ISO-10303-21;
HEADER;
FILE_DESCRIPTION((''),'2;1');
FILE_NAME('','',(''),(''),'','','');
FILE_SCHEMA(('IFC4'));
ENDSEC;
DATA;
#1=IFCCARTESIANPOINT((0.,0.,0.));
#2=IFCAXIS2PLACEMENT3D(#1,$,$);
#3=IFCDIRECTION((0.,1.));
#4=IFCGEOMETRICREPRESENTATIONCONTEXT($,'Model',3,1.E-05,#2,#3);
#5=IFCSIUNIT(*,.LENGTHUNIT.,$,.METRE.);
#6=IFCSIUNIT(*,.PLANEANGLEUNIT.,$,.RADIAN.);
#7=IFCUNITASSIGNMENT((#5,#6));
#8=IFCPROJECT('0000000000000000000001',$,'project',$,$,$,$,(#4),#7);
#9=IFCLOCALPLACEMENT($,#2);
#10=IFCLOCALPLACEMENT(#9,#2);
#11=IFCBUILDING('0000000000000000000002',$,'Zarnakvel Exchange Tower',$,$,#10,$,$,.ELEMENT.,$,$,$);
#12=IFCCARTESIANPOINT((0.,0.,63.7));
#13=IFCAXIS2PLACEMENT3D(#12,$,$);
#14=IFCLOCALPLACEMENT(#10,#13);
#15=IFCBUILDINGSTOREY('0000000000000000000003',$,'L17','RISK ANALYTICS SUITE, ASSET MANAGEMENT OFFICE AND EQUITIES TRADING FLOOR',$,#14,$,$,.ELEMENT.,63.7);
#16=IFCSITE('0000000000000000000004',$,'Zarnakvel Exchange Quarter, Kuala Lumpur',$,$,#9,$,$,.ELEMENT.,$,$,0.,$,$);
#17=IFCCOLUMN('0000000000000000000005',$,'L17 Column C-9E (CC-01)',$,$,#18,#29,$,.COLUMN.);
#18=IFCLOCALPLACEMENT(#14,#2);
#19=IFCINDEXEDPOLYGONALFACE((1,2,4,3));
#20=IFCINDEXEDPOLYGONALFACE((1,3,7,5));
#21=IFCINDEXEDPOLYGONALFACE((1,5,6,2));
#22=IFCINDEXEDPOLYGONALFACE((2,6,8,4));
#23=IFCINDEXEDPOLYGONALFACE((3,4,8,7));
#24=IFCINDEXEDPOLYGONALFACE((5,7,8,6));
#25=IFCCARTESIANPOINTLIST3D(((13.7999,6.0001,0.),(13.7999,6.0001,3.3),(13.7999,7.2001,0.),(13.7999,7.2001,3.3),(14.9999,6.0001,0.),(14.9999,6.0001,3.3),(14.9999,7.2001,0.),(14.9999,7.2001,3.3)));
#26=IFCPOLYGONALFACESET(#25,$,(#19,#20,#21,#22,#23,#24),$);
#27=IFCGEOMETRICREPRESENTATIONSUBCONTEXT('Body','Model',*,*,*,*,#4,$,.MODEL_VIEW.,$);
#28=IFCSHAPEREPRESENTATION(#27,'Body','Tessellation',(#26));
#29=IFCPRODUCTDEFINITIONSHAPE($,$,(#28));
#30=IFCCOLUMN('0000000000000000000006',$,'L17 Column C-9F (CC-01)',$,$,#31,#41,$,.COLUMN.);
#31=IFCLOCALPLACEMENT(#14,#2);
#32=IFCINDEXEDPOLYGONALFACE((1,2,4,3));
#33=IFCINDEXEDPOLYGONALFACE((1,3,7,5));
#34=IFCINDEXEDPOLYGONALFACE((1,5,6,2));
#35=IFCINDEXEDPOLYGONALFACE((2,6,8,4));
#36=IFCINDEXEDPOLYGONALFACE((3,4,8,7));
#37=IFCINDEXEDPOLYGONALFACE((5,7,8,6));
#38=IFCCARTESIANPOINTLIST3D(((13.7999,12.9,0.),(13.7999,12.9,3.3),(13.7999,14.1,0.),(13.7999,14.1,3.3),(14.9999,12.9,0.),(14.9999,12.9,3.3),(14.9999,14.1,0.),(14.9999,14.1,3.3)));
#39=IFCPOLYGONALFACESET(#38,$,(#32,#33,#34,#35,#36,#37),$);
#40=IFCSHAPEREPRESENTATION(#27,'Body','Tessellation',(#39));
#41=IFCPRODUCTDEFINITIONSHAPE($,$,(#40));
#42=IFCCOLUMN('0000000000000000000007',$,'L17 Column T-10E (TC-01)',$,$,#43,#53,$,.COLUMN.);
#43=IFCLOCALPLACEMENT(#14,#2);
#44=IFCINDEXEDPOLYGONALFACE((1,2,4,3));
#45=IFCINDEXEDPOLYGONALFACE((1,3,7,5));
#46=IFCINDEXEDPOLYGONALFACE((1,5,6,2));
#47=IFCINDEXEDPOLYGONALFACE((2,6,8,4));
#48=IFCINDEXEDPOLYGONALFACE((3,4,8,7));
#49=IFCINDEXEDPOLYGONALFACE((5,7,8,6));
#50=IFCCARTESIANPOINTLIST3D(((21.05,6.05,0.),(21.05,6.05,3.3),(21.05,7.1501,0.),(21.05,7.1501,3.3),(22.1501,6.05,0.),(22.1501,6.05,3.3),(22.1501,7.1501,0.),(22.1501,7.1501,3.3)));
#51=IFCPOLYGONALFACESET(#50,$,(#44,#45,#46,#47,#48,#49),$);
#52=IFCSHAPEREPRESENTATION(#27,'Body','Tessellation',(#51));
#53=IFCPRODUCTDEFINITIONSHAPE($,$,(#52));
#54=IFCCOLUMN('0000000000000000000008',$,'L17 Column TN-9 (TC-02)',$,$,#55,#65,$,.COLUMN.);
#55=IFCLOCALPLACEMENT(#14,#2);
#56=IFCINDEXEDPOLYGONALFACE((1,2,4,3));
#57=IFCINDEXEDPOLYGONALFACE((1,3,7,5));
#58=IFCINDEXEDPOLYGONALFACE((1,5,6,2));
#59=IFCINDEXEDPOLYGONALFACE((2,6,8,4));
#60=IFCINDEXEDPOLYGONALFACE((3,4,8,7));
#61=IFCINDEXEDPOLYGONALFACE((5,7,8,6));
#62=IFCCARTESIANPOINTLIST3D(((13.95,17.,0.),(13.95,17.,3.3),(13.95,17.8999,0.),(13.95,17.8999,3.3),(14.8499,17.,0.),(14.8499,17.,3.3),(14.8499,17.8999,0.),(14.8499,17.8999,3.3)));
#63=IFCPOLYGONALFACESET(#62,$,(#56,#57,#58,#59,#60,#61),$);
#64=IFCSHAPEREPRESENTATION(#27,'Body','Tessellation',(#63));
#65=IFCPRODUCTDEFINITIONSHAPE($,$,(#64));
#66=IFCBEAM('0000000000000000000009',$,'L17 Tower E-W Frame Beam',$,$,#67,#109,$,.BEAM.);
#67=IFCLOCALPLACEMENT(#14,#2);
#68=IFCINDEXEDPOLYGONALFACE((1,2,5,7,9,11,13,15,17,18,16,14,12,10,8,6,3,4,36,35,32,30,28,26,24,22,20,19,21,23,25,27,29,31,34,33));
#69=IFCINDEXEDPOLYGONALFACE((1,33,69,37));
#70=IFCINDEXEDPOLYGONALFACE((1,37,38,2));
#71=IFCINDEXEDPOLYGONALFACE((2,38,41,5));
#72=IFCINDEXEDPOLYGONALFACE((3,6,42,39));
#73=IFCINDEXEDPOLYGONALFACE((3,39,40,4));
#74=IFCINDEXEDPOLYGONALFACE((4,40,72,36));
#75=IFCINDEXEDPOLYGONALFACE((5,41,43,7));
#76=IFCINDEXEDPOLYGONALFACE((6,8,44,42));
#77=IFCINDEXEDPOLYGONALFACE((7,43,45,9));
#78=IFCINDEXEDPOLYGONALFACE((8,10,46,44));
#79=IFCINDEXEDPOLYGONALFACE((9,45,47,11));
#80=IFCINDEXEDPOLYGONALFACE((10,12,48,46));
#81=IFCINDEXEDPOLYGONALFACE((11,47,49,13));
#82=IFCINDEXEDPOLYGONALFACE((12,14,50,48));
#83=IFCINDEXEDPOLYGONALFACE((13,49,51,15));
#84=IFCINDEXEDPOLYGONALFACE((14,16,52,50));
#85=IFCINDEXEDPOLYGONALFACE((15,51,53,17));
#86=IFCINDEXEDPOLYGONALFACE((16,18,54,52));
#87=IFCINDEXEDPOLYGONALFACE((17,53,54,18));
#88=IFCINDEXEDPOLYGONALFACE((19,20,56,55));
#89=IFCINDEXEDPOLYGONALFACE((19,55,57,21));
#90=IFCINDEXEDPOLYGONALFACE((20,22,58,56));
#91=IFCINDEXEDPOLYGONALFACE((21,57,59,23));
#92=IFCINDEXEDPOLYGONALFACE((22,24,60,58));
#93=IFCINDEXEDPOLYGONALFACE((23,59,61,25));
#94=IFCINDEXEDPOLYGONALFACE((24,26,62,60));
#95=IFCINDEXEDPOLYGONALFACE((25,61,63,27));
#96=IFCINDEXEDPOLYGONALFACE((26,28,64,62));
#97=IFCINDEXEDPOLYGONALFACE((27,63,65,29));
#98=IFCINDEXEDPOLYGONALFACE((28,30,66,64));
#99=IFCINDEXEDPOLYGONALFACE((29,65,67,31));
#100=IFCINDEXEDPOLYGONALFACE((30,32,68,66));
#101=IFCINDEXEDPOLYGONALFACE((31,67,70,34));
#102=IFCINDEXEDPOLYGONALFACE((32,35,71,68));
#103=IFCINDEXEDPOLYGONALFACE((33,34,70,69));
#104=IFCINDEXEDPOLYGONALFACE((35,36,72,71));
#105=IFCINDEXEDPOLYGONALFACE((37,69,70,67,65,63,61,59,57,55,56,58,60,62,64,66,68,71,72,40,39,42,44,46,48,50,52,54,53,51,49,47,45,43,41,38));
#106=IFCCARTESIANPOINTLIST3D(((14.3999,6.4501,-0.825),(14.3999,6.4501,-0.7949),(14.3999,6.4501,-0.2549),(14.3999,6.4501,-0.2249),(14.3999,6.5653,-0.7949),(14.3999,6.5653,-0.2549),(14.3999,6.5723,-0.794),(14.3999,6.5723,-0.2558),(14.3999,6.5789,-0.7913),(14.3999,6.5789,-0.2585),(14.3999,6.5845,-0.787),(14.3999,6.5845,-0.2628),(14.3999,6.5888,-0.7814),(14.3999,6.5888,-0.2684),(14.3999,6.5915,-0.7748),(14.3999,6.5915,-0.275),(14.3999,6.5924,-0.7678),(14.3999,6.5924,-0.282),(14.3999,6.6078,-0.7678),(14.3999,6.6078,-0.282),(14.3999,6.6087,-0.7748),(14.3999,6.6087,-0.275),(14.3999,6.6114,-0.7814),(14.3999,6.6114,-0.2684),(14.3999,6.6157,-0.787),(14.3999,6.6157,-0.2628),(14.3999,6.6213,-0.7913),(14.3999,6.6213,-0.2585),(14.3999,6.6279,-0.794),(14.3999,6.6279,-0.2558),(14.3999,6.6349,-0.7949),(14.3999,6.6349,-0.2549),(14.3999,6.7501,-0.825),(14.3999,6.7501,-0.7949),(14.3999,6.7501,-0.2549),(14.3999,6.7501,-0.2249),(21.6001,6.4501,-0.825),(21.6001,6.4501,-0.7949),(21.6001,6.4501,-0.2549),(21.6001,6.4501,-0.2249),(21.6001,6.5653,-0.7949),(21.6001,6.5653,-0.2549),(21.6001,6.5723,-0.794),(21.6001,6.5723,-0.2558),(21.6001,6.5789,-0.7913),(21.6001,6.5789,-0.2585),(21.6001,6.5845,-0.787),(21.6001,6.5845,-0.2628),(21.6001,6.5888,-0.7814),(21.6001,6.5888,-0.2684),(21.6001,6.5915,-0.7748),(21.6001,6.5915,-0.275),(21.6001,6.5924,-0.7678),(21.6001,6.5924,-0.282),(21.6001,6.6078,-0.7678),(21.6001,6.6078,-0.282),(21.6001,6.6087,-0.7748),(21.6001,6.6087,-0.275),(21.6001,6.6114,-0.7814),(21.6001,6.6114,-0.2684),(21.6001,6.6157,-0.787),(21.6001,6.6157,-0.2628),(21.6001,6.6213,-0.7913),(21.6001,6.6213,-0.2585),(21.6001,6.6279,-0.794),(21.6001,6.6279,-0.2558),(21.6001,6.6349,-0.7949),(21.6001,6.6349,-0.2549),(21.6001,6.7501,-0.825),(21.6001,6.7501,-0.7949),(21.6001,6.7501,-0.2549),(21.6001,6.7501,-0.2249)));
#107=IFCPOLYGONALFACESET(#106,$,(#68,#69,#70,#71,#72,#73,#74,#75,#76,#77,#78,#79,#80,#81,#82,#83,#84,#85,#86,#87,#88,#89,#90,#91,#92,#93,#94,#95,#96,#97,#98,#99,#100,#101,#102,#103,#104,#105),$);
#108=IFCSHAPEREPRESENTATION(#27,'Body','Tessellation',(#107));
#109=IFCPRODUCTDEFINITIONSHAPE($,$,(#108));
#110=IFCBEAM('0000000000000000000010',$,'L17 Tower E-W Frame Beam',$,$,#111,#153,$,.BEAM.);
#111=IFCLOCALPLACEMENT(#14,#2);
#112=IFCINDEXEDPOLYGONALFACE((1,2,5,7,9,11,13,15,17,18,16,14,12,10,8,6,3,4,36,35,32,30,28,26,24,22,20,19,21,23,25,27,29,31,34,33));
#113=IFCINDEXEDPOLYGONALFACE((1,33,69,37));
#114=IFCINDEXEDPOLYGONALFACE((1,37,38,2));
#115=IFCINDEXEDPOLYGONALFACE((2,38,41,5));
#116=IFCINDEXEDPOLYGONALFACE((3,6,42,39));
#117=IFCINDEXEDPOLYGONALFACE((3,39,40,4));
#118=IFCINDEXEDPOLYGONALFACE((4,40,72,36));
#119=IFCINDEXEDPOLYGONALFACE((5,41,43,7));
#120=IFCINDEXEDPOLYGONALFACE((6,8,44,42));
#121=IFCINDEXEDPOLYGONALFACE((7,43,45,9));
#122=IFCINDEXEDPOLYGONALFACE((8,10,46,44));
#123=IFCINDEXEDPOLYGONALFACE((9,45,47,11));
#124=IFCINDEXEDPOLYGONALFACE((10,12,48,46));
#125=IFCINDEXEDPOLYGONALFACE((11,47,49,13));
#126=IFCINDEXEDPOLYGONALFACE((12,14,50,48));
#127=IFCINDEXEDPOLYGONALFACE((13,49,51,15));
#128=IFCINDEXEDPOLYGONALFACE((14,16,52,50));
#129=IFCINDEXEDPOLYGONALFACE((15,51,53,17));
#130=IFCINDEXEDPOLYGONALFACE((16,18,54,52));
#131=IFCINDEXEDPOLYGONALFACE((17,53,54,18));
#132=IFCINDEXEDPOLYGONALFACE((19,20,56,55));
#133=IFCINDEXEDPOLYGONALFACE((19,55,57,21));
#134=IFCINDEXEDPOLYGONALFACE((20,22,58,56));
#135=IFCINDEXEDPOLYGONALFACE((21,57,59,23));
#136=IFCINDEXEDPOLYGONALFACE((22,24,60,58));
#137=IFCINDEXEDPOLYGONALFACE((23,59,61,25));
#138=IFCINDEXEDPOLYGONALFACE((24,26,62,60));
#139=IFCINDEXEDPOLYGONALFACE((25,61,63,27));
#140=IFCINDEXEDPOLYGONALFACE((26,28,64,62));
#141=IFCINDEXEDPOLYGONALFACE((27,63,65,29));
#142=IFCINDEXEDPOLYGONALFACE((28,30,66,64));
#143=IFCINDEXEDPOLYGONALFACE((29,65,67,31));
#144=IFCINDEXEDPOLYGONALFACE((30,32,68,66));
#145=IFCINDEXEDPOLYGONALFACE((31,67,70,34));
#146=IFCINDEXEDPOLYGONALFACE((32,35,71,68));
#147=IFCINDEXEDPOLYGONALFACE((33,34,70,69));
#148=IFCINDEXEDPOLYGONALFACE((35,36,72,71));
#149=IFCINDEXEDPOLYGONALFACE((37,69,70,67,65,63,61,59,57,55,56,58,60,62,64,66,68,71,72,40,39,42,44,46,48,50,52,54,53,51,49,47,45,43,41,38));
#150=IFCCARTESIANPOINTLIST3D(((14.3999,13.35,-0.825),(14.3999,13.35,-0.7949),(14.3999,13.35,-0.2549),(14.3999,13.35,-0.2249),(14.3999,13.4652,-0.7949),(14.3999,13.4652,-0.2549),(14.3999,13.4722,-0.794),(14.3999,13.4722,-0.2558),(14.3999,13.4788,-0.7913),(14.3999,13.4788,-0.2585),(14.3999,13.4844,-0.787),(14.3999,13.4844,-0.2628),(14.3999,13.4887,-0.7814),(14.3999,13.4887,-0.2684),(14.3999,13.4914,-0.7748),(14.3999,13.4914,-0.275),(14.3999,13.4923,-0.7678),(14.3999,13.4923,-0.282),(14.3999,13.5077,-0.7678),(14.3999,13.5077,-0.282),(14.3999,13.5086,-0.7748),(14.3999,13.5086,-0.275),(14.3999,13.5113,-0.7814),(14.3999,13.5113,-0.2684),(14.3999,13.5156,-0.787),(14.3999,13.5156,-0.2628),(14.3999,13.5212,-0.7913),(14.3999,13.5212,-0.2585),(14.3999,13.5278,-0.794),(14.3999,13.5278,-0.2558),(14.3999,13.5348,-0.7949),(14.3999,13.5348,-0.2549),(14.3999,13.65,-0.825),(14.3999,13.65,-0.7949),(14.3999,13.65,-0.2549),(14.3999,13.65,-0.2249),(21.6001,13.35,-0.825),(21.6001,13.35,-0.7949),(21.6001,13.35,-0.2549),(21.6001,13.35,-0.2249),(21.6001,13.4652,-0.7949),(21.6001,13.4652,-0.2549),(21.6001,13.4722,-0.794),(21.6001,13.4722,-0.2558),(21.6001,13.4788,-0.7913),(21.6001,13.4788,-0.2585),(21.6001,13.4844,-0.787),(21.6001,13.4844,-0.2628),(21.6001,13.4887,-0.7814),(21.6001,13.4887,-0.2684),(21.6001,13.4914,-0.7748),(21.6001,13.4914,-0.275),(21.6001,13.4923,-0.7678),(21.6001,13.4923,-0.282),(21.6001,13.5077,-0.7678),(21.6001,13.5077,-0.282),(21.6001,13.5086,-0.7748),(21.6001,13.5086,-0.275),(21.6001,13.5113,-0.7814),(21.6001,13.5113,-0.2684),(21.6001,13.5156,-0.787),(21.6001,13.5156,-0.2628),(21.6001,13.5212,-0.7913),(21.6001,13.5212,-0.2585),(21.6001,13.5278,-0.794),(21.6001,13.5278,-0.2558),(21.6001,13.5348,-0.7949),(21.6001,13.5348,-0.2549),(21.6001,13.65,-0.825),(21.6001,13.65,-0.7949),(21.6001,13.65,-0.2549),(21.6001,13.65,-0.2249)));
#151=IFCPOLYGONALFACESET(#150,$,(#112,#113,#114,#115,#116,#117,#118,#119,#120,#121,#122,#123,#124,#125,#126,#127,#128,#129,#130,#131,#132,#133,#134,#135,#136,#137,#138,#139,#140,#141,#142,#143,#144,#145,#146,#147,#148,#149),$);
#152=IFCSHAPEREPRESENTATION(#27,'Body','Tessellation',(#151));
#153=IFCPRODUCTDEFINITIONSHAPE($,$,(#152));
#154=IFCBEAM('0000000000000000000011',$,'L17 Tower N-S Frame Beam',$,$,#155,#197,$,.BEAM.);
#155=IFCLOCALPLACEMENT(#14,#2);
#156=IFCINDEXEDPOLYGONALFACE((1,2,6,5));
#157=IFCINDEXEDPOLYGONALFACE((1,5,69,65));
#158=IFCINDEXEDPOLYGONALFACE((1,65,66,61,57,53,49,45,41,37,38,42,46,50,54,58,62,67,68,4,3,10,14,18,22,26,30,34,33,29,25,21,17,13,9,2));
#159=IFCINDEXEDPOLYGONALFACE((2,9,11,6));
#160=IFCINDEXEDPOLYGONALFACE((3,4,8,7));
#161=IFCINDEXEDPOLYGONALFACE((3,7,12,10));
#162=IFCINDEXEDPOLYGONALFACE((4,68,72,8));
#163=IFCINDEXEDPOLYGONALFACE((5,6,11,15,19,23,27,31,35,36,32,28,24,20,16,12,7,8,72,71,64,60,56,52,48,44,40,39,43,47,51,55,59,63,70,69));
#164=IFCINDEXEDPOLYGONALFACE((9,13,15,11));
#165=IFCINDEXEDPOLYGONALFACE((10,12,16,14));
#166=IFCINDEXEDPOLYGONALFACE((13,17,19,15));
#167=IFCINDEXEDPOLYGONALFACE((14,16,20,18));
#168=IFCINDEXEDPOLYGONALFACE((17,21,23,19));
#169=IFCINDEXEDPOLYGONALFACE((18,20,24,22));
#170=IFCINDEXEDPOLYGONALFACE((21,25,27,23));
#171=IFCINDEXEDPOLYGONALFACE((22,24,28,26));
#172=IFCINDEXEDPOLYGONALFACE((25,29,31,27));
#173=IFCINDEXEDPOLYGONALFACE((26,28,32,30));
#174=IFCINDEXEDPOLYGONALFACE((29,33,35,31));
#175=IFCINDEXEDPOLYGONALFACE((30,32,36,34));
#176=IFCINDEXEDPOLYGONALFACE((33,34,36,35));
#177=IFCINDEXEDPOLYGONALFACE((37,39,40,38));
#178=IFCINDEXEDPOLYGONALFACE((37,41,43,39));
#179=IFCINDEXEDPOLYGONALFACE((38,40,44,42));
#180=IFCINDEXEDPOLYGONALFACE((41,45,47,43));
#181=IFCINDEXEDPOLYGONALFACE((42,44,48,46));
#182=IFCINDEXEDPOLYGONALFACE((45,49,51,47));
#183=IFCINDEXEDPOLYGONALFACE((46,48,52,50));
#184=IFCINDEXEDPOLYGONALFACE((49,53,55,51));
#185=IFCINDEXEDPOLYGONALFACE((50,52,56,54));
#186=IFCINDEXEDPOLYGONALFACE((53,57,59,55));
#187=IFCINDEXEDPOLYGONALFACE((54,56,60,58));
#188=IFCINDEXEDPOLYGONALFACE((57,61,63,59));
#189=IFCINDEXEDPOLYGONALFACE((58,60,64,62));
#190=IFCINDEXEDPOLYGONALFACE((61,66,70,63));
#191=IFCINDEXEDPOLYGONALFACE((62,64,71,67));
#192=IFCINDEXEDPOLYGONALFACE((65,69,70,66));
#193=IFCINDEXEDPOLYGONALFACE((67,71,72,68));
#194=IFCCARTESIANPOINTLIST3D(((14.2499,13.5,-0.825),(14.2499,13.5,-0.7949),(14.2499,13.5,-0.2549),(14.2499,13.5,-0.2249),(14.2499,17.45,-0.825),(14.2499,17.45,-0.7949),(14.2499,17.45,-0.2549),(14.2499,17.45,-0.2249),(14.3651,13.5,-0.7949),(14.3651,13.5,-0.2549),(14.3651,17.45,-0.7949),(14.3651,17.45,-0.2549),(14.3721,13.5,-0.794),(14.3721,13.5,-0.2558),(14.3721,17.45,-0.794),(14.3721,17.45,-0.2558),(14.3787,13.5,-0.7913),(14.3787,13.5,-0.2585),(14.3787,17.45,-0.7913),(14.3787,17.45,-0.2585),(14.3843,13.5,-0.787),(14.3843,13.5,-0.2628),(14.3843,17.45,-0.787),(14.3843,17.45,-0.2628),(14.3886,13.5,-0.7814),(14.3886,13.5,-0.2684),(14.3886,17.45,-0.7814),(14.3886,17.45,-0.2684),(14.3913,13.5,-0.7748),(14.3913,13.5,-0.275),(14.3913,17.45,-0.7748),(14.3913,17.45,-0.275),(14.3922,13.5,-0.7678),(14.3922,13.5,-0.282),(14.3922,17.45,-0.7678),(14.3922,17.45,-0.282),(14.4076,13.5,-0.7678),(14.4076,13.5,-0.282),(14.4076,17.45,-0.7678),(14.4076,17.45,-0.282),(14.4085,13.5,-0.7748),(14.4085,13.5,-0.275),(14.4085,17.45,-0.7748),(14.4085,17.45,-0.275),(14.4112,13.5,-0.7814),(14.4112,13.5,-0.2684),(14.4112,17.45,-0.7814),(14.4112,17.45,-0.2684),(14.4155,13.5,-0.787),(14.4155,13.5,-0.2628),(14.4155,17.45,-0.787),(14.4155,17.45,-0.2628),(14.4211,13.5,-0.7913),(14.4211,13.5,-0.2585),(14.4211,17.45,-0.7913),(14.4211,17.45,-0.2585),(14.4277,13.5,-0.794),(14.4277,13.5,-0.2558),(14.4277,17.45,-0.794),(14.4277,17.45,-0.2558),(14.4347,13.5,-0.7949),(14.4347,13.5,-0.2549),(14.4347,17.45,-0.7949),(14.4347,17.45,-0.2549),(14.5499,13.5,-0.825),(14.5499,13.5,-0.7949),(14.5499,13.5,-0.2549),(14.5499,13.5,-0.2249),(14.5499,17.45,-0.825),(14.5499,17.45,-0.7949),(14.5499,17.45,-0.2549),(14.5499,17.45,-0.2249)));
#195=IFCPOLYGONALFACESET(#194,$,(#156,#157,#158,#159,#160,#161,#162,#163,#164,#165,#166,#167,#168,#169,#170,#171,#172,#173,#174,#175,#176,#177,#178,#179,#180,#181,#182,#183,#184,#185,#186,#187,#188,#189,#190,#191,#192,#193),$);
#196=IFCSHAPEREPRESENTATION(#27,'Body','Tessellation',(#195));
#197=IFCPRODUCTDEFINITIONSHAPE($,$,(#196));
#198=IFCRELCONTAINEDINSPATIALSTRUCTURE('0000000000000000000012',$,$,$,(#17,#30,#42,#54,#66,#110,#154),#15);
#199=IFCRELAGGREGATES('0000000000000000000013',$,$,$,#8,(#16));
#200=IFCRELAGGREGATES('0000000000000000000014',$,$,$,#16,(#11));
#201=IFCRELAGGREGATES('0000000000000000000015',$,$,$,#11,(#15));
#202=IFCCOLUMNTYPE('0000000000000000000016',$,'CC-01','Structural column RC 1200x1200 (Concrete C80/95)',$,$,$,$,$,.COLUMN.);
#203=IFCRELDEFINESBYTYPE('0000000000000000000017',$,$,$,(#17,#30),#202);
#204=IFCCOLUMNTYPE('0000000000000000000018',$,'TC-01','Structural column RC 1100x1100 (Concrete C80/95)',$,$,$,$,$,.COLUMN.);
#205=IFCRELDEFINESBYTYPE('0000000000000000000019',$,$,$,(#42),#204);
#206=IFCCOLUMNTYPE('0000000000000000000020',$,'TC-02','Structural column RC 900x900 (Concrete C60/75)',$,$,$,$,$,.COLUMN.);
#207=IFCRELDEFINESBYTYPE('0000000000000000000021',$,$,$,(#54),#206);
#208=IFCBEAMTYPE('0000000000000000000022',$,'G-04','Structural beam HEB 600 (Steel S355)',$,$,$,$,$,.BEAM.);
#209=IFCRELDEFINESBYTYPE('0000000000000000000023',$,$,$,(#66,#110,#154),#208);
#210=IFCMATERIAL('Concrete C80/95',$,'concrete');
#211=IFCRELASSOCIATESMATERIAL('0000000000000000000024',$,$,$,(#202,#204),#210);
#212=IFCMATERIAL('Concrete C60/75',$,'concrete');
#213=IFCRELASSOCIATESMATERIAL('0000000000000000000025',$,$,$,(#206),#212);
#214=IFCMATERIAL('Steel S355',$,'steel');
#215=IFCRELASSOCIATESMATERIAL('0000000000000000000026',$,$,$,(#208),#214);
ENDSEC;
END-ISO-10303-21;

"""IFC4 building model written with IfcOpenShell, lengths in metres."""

from ifc_helpers import new_model, si_unit, direction, frame, origin, origin_2d, place, context, subcontext, project, spatial, rectangle, i_section, extrude, material, material_profile, profile_set, type_object, element, save


model = new_model("IFC4")

# Units and contexts
model_context = context("Model", 3, precision=1e-05, world=origin(), true_north=direction((0.0, 1.0)))
body_context = subcontext(model_context, "Body", "Model", "MODEL_VIEW")
ifc_project = project(units=[si_unit("LENGTHUNIT", "METRE"), si_unit("PLANEANGLEUNIT", "RADIAN")], contexts=[model_context])

# Site, building, storey
site_placement = place(None, origin())
site = spatial("IfcSite", under=ifc_project, at=site_placement, Name="Zarnakvel Exchange Quarter, Kuala Lumpur", CompositionType="ELEMENT", RefElevation=0.0)
building_placement = place(site_placement, origin())
building = spatial("IfcBuilding", under=site, at=building_placement, Name="Zarnakvel Exchange Tower", CompositionType="ELEMENT")
storey_placement = place(building_placement, frame((0.0, 0.0, 63.7)))
storey = spatial("IfcBuildingStorey", under=building, at=storey_placement, Name="L17", Description="RISK ANALYTICS SUITE, ASSET MANAGEMENT OFFICE AND EQUITIES TRADING FLOOR", CompositionType="ELEMENT", Elevation=63.7)

# Columns
ifc_material_1 = material(Name="Concrete C80/95", Category="concrete")
ifc_material_profile_1 = material_profile(ifc_material_1, rectangle(XDim=1.2, YDim=1.2, at=origin_2d()))
ifc_profile_set_1 = profile_set([ifc_material_profile_1], Name="Concrete C80/95")
column_type_1 = type_object("IfcColumnType", Name="CC-01", Description="Structural column RC 1200x1200 (Concrete C80/95)", PredefinedType="COLUMN", material=ifc_profile_set_1)
for number, where, z_axis, x_axis, name in (
    (1, (14.3999, 6.6001, 0.0), (0.0, 0.0, 1.0), (1.0, 0.0, 0.0), "L17 Column C-9E (CC-01)"),
    (2, (14.3999, 13.5, 0.0), (0.0, 0.0, 1.0), (1.0, 0.0, 0.0), "L17 Column C-9F (CC-01)"),
):
    element("IfcColumn", number, at=place(storey_placement, frame(where, z_axis=z_axis, x_axis=x_axis)), inside=storey, type_object=column_type_1, Name=name, PredefinedType="COLUMN", context=body_context, shape_type="SweptSolid", body=[
        extrude(rectangle(XDim=1.2, YDim=1.2, at=origin_2d()), origin(), (0.0, 0.0, 1.0), 3.3),
    ])
ifc_material_profile_2 = material_profile(ifc_material_1, rectangle(XDim=1.1001, YDim=1.1001, at=origin_2d()))
ifc_profile_set_2 = profile_set([ifc_material_profile_2], Name="Concrete C80/95")
column_type_2 = type_object("IfcColumnType", Name="TC-01", Description="Structural column RC 1100x1100 (Concrete C80/95)", PredefinedType="COLUMN", material=ifc_profile_set_2)
column_1_placement = place(storey_placement, frame((21.6001, 6.6001, 0.0), z_axis=(0.0, 0.0, 1.0), x_axis=(1.0, 0.0, 0.0)))
element("IfcColumn", 3, at=column_1_placement, inside=storey, type_object=column_type_2, Name="L17 Column T-10E (TC-01)", PredefinedType="COLUMN", context=body_context, shape_type="SweptSolid", body=[
    extrude(rectangle(XDim=1.1001, YDim=1.1001, at=origin_2d()), origin(), (0.0, 0.0, 1.0), 3.3),
])
ifc_material_2 = material(Name="Concrete C60/75", Category="concrete")
ifc_material_profile_3 = material_profile(ifc_material_2, rectangle(XDim=0.8999, YDim=0.8999, at=origin_2d()))
ifc_profile_set_3 = profile_set([ifc_material_profile_3], Name="Concrete C60/75")
column_type_3 = type_object("IfcColumnType", Name="TC-02", Description="Structural column RC 900x900 (Concrete C60/75)", PredefinedType="COLUMN", material=ifc_profile_set_3)
column_2_placement = place(storey_placement, frame((14.3999, 17.45, 0.0), z_axis=(0.0, 0.0, 1.0), x_axis=(1.0, 0.0, 0.0)))
element("IfcColumn", 4, at=column_2_placement, inside=storey, type_object=column_type_3, Name="L17 Column TN-9 (TC-02)", PredefinedType="COLUMN", context=body_context, shape_type="SweptSolid", body=[
    extrude(rectangle(XDim=0.8999, YDim=0.8999, at=origin_2d()), origin(), (0.0, 0.0, 1.0), 3.3),
])

# Beams
ifc_material_3 = material(Name="Steel S355", Category="steel")
ifc_material_profile_4 = material_profile(ifc_material_3, i_section(OverallWidth=0.3, OverallDepth=0.6001, WebThickness=0.0154, FlangeThickness=0.03, FilletRadius=0.0271, at=origin_2d()))
ifc_profile_set_4 = profile_set([ifc_material_profile_4], Name="Steel S355")
beam_type_1 = type_object("IfcBeamType", Name="G-04", Description="Structural beam HEB 600 (Steel S355)", PredefinedType="BEAM", material=ifc_profile_set_4)
for number, where, z_axis, x_axis, name in (
    (5, (14.3999, 6.6001, -0.5249), (1.0, 0.0, 0.0), (0.0, 1.0, 0.0), "L17 Tower E-W Frame Beam"),
    (6, (14.3999, 13.5, -0.5249), (1.0, 0.0, 0.0), (0.0, 1.0, 0.0), "L17 Tower E-W Frame Beam"),
):
    element("IfcBeam", number, at=place(storey_placement, frame(where, z_axis=z_axis, x_axis=x_axis)), inside=storey, type_object=beam_type_1, Name=name, PredefinedType="BEAM", context=body_context, shape_type="SweptSolid", body=[
        extrude(i_section(OverallWidth=0.3, OverallDepth=0.6001, WebThickness=0.0154, FlangeThickness=0.03, FilletRadius=0.0271, at=origin_2d()), origin(), (0.0, 0.0, 1.0), 7.2002),
    ])
beam_1_placement = place(storey_placement, frame((14.3999, 13.5, -0.5249), z_axis=(0.0, 1.0, 0.0), x_axis=(-1.0, 0.0, 0.0)))
element("IfcBeam", 7, at=beam_1_placement, inside=storey, type_object=beam_type_1, Name="L17 Tower N-S Frame Beam", PredefinedType="BEAM", context=body_context, shape_type="SweptSolid", body=[
    extrude(i_section(OverallWidth=0.3, OverallDepth=0.6001, WebThickness=0.0154, FlangeThickness=0.03, FilletRadius=0.0271, at=origin_2d()), origin(), (0.0, 0.0, 1.0), 3.95),
])

save(model, "model.ifc")
